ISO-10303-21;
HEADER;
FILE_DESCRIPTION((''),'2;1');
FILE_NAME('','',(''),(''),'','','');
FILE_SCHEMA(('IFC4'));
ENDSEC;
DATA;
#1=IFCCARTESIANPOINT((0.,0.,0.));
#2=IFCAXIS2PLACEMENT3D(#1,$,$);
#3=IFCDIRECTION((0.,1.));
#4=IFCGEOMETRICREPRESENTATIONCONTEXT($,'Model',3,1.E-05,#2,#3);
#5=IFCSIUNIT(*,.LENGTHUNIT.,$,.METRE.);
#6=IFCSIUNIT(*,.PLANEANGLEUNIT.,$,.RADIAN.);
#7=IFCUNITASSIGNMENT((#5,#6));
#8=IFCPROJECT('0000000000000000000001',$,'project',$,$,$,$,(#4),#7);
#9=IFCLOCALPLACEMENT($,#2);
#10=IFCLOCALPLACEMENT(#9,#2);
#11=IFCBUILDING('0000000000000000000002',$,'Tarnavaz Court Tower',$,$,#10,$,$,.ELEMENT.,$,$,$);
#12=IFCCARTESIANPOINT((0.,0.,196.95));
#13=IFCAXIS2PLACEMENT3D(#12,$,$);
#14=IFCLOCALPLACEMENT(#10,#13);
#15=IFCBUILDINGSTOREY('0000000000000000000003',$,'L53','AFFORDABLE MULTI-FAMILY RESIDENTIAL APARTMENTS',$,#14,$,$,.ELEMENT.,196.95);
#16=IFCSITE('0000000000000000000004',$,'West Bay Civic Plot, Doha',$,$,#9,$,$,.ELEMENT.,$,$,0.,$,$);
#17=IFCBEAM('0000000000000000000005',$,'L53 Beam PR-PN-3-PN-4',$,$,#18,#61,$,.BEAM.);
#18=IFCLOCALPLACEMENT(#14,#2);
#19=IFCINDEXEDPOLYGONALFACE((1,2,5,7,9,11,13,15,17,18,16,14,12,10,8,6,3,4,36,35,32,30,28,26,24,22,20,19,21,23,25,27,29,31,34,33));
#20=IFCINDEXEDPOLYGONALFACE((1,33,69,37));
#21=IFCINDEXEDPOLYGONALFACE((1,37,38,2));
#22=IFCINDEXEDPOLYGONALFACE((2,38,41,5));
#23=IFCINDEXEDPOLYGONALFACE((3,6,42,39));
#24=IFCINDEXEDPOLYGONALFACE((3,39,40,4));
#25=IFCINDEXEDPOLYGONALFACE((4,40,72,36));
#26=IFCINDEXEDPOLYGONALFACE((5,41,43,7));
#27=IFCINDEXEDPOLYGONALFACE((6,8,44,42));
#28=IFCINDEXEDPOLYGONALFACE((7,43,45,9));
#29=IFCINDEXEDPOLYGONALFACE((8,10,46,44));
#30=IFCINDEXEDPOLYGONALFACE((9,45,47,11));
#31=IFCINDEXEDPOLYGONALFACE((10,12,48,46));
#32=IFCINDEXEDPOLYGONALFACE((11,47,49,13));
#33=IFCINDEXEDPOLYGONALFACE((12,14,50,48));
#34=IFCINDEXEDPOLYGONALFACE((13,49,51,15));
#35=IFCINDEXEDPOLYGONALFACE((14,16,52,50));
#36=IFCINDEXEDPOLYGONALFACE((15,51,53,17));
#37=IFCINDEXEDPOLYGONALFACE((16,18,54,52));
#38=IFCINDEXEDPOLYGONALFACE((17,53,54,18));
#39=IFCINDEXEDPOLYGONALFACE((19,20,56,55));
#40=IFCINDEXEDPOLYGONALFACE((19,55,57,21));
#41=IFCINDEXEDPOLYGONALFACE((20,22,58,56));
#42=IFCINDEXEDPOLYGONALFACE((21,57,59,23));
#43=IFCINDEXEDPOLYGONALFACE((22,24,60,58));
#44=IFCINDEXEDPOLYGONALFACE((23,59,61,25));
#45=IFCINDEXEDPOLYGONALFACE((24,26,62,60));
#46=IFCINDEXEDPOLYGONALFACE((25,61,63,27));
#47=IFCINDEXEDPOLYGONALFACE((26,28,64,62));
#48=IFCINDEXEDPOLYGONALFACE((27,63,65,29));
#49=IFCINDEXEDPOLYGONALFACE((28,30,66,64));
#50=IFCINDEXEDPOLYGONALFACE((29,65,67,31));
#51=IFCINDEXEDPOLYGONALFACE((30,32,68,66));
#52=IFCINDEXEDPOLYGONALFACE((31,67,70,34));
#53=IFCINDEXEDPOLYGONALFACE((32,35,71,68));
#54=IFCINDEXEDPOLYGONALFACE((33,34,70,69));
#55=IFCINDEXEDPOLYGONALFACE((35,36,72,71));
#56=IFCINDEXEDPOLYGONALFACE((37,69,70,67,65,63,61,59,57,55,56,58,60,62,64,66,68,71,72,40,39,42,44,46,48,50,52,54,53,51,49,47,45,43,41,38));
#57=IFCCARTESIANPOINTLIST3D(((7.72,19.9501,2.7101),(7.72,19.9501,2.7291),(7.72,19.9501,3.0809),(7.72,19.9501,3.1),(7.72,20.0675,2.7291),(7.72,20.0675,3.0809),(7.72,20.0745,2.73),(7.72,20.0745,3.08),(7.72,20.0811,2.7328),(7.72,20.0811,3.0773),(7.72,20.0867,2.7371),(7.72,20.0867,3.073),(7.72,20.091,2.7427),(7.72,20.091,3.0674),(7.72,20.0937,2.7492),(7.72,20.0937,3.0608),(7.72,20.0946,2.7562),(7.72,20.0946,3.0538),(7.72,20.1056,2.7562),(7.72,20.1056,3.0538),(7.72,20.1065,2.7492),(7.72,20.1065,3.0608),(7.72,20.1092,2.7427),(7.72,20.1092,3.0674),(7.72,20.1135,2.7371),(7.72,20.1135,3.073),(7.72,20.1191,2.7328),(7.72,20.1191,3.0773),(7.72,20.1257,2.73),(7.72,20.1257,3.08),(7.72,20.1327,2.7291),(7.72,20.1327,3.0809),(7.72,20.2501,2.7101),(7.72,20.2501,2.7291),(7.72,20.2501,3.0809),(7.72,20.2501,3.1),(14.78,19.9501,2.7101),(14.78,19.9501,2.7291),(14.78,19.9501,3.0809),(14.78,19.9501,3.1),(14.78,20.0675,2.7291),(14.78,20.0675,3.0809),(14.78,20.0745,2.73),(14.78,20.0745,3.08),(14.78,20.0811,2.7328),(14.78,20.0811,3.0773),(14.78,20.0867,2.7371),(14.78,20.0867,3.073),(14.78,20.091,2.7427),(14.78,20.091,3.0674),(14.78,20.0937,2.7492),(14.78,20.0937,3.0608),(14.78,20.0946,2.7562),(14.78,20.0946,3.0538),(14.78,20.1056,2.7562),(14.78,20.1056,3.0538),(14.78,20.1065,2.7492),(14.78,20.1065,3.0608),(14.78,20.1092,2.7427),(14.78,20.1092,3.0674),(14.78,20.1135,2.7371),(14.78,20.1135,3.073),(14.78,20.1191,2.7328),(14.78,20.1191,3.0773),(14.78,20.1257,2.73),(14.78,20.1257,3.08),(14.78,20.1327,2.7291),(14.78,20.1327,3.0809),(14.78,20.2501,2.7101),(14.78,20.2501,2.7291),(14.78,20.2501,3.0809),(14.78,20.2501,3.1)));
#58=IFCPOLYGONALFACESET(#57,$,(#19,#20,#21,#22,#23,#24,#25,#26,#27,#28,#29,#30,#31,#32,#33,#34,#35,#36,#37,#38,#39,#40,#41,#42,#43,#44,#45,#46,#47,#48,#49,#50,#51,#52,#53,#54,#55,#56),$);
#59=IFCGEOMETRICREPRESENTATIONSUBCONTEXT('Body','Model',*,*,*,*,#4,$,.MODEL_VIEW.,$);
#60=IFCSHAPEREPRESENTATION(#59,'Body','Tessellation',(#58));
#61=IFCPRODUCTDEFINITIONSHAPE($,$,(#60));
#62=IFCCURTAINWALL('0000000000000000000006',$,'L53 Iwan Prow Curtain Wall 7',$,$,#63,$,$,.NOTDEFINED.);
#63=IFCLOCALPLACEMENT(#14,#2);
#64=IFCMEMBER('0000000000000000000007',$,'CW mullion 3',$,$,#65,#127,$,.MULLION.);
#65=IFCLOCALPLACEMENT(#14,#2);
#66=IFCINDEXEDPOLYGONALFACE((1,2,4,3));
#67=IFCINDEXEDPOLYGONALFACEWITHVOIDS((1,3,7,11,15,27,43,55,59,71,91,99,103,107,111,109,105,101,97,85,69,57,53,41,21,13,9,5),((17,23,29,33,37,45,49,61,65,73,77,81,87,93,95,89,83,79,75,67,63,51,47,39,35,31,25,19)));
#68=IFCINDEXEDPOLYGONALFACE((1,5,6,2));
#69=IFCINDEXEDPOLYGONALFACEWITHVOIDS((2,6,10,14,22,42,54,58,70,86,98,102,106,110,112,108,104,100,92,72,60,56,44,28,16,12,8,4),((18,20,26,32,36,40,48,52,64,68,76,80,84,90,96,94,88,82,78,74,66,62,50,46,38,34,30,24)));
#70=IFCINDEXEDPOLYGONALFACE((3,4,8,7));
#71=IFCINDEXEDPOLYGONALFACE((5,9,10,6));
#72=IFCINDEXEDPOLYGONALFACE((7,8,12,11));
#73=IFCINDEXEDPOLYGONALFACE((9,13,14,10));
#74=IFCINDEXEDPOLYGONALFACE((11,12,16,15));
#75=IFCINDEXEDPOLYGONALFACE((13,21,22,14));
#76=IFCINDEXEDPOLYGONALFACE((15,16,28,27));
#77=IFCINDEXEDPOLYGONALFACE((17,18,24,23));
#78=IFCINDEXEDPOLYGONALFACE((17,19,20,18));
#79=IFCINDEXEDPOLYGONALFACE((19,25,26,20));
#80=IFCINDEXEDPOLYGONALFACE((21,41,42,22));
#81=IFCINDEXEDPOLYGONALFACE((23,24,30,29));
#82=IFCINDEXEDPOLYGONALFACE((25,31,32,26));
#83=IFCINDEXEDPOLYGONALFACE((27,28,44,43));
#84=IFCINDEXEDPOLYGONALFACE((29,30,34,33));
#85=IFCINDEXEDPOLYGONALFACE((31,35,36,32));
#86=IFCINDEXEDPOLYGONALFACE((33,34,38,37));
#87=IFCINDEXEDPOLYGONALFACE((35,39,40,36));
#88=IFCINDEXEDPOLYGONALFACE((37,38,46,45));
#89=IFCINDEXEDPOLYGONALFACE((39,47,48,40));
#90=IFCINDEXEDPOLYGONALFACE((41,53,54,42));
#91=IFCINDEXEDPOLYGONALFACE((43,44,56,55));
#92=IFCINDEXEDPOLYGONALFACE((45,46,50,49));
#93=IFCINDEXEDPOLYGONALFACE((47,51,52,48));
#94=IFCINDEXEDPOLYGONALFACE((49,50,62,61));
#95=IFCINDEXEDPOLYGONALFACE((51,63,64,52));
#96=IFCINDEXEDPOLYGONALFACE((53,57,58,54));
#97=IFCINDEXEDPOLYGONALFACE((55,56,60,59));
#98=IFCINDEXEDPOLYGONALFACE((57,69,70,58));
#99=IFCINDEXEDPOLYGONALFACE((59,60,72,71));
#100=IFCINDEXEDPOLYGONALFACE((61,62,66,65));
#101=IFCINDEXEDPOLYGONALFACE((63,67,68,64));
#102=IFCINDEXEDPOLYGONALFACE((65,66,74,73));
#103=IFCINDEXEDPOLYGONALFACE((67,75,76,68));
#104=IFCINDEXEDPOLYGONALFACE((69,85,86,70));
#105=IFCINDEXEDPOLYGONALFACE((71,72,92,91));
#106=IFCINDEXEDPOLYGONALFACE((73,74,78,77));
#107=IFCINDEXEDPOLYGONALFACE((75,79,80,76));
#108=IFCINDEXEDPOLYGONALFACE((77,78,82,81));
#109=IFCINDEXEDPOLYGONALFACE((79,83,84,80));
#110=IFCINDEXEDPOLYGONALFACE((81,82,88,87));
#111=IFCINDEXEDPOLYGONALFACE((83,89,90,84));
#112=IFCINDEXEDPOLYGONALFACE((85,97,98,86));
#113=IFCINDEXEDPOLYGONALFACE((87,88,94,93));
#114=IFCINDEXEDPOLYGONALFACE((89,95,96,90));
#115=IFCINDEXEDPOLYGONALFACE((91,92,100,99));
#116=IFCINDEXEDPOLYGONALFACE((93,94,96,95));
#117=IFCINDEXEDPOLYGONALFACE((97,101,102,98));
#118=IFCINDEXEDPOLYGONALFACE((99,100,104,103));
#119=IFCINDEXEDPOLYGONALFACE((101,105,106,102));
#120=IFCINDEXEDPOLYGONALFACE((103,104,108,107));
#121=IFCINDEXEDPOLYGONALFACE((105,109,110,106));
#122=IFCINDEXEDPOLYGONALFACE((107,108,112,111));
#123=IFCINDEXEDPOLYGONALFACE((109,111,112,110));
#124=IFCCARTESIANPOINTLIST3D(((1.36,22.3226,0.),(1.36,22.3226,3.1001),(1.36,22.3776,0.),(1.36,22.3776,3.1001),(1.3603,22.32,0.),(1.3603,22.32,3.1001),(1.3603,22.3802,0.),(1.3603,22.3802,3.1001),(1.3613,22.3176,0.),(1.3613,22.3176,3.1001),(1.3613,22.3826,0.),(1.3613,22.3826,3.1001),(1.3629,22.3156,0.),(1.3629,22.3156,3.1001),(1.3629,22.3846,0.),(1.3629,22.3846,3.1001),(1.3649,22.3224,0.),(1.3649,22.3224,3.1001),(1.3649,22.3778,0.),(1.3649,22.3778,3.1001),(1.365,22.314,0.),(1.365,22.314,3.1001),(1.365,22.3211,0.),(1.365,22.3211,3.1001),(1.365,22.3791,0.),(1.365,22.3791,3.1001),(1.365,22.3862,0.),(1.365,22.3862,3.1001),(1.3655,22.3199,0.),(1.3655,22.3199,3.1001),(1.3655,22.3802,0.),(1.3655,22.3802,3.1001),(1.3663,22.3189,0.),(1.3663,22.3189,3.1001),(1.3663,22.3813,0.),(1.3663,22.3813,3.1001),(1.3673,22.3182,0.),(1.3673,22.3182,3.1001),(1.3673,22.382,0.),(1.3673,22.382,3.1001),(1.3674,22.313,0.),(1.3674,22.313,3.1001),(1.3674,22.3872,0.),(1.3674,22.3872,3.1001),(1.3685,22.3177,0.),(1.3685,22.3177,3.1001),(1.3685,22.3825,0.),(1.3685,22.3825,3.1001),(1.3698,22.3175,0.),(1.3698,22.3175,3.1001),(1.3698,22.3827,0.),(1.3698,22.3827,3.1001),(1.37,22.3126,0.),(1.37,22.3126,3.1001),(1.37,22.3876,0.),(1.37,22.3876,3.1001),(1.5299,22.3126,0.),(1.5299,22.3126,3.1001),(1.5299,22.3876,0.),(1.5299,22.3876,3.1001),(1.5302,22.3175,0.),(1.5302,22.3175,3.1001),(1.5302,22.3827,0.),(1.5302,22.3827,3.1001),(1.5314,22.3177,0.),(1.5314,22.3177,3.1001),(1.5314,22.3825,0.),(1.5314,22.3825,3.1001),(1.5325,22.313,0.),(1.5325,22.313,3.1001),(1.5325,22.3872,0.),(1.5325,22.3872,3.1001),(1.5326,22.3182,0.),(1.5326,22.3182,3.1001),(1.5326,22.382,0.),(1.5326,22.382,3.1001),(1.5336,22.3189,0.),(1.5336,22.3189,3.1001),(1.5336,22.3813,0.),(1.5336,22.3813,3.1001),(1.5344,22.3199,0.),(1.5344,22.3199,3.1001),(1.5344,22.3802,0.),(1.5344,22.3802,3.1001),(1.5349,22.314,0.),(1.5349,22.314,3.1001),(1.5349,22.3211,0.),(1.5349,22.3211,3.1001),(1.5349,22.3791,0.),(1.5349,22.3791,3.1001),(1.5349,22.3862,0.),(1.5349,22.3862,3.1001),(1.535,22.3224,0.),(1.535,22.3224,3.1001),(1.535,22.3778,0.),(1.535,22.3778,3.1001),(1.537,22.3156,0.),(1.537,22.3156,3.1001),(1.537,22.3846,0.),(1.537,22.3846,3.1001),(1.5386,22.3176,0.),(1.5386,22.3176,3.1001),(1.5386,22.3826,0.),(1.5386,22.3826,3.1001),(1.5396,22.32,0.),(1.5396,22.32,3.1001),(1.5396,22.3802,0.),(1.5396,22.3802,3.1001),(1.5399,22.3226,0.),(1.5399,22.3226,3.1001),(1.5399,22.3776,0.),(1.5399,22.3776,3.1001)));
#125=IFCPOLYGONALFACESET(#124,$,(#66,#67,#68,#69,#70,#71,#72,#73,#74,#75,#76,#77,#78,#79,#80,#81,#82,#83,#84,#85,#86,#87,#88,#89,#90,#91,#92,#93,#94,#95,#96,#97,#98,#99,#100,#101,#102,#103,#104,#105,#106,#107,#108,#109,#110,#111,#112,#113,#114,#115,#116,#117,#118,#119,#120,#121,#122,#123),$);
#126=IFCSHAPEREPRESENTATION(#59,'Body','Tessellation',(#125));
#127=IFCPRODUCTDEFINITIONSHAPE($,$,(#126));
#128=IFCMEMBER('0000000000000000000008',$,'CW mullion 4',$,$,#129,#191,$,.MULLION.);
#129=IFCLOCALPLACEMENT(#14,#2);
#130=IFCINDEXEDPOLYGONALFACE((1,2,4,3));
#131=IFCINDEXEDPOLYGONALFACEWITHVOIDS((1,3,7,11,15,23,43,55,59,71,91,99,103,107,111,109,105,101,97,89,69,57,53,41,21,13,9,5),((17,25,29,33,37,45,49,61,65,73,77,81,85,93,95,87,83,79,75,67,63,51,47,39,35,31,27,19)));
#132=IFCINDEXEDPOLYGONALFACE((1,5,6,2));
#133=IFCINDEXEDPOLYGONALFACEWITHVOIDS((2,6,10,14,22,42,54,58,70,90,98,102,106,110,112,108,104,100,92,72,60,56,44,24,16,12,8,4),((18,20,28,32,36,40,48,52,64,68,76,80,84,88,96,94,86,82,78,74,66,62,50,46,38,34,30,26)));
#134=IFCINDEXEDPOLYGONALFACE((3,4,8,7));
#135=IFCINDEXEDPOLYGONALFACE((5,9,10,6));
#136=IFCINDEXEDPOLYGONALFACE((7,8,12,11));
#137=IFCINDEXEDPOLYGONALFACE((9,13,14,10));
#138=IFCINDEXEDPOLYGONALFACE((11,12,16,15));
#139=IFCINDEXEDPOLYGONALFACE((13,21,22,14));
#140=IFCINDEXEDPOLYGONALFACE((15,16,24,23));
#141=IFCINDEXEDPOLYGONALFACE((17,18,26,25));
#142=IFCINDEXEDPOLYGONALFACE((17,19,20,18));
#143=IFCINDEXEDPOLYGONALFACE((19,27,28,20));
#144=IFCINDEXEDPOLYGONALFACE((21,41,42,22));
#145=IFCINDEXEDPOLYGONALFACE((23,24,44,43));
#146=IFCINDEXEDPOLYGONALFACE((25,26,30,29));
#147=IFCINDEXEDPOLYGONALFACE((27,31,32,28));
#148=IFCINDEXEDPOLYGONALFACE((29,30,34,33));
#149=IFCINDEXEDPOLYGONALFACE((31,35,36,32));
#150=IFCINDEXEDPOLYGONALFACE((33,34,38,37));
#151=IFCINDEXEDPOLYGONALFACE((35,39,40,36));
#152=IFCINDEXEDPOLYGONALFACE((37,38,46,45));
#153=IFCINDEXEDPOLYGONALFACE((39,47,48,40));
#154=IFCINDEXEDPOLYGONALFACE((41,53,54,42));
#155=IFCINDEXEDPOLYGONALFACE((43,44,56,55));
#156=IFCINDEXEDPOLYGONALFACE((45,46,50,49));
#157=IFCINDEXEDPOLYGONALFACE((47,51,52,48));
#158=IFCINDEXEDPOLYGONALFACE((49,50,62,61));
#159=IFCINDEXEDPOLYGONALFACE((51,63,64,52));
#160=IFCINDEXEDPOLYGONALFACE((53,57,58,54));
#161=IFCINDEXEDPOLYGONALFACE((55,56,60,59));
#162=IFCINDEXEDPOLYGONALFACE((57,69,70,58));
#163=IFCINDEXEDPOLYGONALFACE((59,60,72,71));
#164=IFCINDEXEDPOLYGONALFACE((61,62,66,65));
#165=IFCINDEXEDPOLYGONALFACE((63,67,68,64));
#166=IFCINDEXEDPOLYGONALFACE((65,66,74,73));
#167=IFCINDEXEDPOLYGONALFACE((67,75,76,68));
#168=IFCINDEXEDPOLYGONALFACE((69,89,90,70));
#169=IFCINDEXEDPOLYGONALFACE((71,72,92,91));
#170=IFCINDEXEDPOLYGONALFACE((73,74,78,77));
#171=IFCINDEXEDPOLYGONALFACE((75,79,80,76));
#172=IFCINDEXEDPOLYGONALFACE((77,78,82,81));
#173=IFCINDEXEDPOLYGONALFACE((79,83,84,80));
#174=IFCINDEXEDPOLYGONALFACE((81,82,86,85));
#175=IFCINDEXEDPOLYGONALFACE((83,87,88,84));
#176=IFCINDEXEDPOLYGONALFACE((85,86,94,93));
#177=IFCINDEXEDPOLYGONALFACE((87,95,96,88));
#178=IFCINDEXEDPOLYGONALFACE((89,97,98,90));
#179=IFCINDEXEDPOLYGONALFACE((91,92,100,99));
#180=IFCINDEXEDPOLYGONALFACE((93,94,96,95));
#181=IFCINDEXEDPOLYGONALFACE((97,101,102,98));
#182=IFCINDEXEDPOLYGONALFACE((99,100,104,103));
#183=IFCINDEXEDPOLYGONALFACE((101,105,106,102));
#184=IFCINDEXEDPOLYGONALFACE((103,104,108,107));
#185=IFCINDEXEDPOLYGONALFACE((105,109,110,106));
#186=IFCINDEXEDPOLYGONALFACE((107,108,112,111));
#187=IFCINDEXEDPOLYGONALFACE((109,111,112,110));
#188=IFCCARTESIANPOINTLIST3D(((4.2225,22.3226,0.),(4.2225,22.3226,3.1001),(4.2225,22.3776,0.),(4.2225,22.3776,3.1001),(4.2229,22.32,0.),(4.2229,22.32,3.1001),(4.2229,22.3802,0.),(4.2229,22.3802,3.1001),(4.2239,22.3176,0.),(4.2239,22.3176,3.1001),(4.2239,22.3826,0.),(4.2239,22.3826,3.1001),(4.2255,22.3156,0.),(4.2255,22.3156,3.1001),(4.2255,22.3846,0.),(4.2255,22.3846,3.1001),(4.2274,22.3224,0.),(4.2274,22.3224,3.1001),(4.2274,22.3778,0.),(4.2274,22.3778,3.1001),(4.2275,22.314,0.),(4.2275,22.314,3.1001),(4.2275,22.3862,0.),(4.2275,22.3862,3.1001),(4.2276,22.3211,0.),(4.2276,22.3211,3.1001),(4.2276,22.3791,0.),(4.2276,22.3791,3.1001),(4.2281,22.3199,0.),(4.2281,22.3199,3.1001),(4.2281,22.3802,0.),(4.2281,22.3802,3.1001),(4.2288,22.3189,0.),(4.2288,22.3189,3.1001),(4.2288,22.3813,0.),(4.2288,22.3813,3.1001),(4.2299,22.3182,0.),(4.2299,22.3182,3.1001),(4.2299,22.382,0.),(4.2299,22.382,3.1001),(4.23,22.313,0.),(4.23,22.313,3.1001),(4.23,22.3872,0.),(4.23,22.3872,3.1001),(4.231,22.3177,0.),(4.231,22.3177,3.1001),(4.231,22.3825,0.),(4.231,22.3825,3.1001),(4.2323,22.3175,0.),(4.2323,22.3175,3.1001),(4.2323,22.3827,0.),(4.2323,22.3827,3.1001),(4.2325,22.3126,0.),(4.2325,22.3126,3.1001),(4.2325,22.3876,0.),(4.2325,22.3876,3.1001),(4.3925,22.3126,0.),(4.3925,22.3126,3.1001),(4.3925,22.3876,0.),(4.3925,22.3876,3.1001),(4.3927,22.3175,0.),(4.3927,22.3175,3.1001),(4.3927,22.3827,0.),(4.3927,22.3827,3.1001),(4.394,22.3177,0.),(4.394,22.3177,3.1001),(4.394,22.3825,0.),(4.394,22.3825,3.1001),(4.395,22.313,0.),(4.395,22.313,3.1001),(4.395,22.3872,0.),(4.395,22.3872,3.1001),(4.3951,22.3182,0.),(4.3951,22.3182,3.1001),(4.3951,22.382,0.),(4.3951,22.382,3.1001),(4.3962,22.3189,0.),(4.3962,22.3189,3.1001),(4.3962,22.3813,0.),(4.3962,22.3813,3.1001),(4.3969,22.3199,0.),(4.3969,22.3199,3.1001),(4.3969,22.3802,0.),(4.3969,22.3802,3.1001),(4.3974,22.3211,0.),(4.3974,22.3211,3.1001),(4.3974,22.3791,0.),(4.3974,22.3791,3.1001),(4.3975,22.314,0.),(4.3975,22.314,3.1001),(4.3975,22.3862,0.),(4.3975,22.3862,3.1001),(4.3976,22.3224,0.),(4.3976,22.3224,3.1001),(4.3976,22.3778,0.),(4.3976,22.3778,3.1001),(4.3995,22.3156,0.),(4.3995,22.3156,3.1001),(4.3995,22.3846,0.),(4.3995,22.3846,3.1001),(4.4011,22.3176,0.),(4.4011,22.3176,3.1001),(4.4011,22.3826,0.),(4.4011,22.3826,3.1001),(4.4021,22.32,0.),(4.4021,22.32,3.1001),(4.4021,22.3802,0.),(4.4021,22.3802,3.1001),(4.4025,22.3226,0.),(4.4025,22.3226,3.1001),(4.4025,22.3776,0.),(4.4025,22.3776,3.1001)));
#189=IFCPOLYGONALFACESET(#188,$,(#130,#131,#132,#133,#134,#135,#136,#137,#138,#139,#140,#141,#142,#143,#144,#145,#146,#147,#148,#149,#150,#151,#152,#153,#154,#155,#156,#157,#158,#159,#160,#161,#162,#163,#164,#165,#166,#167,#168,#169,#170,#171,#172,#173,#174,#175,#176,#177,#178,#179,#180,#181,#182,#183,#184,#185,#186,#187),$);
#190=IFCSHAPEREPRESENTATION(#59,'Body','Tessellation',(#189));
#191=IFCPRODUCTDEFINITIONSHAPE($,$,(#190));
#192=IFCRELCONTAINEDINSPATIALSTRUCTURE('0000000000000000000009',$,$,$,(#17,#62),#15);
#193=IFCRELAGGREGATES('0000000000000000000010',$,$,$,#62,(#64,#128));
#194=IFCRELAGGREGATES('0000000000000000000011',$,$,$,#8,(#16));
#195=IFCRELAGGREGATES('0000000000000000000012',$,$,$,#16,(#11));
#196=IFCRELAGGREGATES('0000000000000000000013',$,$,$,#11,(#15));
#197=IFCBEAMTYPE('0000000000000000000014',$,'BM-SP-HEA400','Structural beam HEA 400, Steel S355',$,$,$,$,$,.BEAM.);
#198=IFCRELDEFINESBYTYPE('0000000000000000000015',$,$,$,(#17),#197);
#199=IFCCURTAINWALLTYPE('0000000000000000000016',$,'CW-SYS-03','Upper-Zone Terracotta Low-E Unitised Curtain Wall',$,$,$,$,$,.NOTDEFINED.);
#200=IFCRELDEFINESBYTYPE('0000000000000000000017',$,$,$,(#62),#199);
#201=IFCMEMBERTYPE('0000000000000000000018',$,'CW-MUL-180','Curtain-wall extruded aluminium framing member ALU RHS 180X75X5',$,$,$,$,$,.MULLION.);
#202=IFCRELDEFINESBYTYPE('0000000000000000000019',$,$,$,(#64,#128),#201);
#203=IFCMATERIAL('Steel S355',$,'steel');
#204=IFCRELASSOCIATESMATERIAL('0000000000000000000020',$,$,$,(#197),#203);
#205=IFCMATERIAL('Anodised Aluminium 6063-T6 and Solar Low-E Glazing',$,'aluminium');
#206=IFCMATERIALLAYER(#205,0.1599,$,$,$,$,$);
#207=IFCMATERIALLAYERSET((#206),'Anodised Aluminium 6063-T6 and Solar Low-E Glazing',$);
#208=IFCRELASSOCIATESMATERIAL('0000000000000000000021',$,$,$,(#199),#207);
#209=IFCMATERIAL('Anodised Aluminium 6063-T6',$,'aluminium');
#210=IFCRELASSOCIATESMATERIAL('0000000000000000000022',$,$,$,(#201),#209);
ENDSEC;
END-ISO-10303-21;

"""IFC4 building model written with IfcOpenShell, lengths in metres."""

from ifc_helpers import new_model, si_unit, direction, frame, origin, origin_2d, place, context, subcontext, project, spatial, hollow_rectangle, i_section, extrude, material, layer, layer_set, material_profile, profile_set, type_object, element, aggregate, save


model = new_model("IFC4")

# Units and contexts
model_context = context("Model", 3, precision=1e-05, world=origin(), true_north=direction((0.0, 1.0)))
body_context = subcontext(model_context, "Body", "Model", "MODEL_VIEW")
ifc_project = project(units=[si_unit("LENGTHUNIT", "METRE"), si_unit("PLANEANGLEUNIT", "RADIAN")], contexts=[model_context])

# Site, building, storey
site_placement = place(None, origin())
site = spatial("IfcSite", under=ifc_project, at=site_placement, Name="West Bay Civic Plot, Doha", CompositionType="ELEMENT", RefElevation=0.0)
building_placement = place(site_placement, origin())
building = spatial("IfcBuilding", under=site, at=building_placement, Name="Tarnavaz Court Tower", CompositionType="ELEMENT")
storey_placement = place(building_placement, frame((0.0, 0.0, 196.95)))
storey = spatial("IfcBuildingStorey", under=building, at=storey_placement, Name="L53", Description="AFFORDABLE MULTI-FAMILY RESIDENTIAL APARTMENTS", CompositionType="ELEMENT", Elevation=196.95)

# Beam
ifc_material_1 = material(Name="Steel S355", Category="steel")
ifc_material_profile_1 = material_profile(ifc_material_1, i_section(OverallWidth=0.3, OverallDepth=0.3899, WebThickness=0.011, FlangeThickness=0.019, FilletRadius=0.0271, at=origin_2d()), Name="HEA 400")
ifc_profile_set_1 = profile_set([ifc_material_profile_1], Name="Steel S355")
beam_type_1 = type_object("IfcBeamType", Name="BM-SP-HEA400", Description="Structural beam HEA 400, Steel S355", PredefinedType="BEAM", material=ifc_profile_set_1)
beam_placement = place(storey_placement, frame((7.72, 20.1001, 2.905), z_axis=(1.0, 0.0, 0.0), x_axis=(0.0, 1.0, 0.0)))
element("IfcBeam", 1, at=beam_placement, inside=storey, type_object=beam_type_1, Name="L53 Beam PR-PN-3-PN-4", PredefinedType="BEAM", context=body_context, shape_type="SweptSolid", body=[
    extrude(i_section(OverallWidth=0.3, OverallDepth=0.3899, WebThickness=0.011, FlangeThickness=0.019, FilletRadius=0.0271, at=origin_2d()), origin(), (0.0, 0.0, 1.0), 7.0601),
])

# Curtain wall, members
ifc_material_2 = material(Name="Anodised Aluminium 6063-T6 and Solar Low-E Glazing", Category="aluminium")
ifc_layer_1 = layer(ifc_material_2, 0.1599)
ifc_layer_set_1 = layer_set([ifc_layer_1], Name="Anodised Aluminium 6063-T6 and Solar Low-E Glazing")
curtain_wall_type = type_object("IfcCurtainWallType", Name="CW-SYS-03", Description="Upper-Zone Terracotta Low-E Unitised Curtain Wall", PredefinedType="NOTDEFINED", material=ifc_layer_set_1)
curtain_wall_placement = place(storey_placement, origin())
curtain_wall = element("IfcCurtainWall", 2, at=curtain_wall_placement, inside=storey, type_object=curtain_wall_type, Name="L53 Iwan Prow Curtain Wall 7", PredefinedType="NOTDEFINED")
ifc_material_3 = material(Name="Anodised Aluminium 6063-T6", Category="aluminium")
ifc_material_profile_2 = material_profile(ifc_material_3, hollow_rectangle(XDim=0.075, YDim=0.1799, WallThickness=0.0049, InnerFilletRadius=0.0049, OuterFilletRadius=0.01, at=origin_2d()), Name="ALU RHS 180X75X5")
ifc_profile_set_2 = profile_set([ifc_material_profile_2], Name="Anodised Aluminium 6063-T6")
member_type_1 = type_object("IfcMemberType", Name="CW-MUL-180", Description="Curtain-wall extruded aluminium framing member ALU RHS 180X75X5", PredefinedType="MULLION", material=ifc_profile_set_2)
member_1_placement = place(storey_placement, frame((1.45, 22.3501, 0.0), z_axis=(0.0, 0.0, 1.0), x_axis=(0.0, 1.0, 0.0)))
member_1 = element("IfcMember", 3, at=member_1_placement, type_object=member_type_1, Name="CW mullion 3", PredefinedType="MULLION", context=body_context, shape_type="SweptSolid", body=[
    extrude(hollow_rectangle(XDim=0.075, YDim=0.1799, WallThickness=0.0049, InnerFilletRadius=0.0049, OuterFilletRadius=0.01, at=origin_2d()), origin(), (0.0, 0.0, 1.0), 3.1001),
])
member_2_placement = place(storey_placement, frame((4.3125, 22.3501, 0.0), z_axis=(0.0, 0.0, 1.0), x_axis=(0.0, 1.0, 0.0)))
member_2 = element("IfcMember", 4, at=member_2_placement, type_object=member_type_1, Name="CW mullion 4", PredefinedType="MULLION", context=body_context, shape_type="SweptSolid", body=[
    extrude(hollow_rectangle(XDim=0.075, YDim=0.1799, WallThickness=0.0049, InnerFilletRadius=0.0049, OuterFilletRadius=0.01, at=origin_2d()), origin(), (0.0, 0.0, 1.0), 3.1001),
])
aggregate(curtain_wall, [member_1, member_2])

save(model, "model.ifc")
